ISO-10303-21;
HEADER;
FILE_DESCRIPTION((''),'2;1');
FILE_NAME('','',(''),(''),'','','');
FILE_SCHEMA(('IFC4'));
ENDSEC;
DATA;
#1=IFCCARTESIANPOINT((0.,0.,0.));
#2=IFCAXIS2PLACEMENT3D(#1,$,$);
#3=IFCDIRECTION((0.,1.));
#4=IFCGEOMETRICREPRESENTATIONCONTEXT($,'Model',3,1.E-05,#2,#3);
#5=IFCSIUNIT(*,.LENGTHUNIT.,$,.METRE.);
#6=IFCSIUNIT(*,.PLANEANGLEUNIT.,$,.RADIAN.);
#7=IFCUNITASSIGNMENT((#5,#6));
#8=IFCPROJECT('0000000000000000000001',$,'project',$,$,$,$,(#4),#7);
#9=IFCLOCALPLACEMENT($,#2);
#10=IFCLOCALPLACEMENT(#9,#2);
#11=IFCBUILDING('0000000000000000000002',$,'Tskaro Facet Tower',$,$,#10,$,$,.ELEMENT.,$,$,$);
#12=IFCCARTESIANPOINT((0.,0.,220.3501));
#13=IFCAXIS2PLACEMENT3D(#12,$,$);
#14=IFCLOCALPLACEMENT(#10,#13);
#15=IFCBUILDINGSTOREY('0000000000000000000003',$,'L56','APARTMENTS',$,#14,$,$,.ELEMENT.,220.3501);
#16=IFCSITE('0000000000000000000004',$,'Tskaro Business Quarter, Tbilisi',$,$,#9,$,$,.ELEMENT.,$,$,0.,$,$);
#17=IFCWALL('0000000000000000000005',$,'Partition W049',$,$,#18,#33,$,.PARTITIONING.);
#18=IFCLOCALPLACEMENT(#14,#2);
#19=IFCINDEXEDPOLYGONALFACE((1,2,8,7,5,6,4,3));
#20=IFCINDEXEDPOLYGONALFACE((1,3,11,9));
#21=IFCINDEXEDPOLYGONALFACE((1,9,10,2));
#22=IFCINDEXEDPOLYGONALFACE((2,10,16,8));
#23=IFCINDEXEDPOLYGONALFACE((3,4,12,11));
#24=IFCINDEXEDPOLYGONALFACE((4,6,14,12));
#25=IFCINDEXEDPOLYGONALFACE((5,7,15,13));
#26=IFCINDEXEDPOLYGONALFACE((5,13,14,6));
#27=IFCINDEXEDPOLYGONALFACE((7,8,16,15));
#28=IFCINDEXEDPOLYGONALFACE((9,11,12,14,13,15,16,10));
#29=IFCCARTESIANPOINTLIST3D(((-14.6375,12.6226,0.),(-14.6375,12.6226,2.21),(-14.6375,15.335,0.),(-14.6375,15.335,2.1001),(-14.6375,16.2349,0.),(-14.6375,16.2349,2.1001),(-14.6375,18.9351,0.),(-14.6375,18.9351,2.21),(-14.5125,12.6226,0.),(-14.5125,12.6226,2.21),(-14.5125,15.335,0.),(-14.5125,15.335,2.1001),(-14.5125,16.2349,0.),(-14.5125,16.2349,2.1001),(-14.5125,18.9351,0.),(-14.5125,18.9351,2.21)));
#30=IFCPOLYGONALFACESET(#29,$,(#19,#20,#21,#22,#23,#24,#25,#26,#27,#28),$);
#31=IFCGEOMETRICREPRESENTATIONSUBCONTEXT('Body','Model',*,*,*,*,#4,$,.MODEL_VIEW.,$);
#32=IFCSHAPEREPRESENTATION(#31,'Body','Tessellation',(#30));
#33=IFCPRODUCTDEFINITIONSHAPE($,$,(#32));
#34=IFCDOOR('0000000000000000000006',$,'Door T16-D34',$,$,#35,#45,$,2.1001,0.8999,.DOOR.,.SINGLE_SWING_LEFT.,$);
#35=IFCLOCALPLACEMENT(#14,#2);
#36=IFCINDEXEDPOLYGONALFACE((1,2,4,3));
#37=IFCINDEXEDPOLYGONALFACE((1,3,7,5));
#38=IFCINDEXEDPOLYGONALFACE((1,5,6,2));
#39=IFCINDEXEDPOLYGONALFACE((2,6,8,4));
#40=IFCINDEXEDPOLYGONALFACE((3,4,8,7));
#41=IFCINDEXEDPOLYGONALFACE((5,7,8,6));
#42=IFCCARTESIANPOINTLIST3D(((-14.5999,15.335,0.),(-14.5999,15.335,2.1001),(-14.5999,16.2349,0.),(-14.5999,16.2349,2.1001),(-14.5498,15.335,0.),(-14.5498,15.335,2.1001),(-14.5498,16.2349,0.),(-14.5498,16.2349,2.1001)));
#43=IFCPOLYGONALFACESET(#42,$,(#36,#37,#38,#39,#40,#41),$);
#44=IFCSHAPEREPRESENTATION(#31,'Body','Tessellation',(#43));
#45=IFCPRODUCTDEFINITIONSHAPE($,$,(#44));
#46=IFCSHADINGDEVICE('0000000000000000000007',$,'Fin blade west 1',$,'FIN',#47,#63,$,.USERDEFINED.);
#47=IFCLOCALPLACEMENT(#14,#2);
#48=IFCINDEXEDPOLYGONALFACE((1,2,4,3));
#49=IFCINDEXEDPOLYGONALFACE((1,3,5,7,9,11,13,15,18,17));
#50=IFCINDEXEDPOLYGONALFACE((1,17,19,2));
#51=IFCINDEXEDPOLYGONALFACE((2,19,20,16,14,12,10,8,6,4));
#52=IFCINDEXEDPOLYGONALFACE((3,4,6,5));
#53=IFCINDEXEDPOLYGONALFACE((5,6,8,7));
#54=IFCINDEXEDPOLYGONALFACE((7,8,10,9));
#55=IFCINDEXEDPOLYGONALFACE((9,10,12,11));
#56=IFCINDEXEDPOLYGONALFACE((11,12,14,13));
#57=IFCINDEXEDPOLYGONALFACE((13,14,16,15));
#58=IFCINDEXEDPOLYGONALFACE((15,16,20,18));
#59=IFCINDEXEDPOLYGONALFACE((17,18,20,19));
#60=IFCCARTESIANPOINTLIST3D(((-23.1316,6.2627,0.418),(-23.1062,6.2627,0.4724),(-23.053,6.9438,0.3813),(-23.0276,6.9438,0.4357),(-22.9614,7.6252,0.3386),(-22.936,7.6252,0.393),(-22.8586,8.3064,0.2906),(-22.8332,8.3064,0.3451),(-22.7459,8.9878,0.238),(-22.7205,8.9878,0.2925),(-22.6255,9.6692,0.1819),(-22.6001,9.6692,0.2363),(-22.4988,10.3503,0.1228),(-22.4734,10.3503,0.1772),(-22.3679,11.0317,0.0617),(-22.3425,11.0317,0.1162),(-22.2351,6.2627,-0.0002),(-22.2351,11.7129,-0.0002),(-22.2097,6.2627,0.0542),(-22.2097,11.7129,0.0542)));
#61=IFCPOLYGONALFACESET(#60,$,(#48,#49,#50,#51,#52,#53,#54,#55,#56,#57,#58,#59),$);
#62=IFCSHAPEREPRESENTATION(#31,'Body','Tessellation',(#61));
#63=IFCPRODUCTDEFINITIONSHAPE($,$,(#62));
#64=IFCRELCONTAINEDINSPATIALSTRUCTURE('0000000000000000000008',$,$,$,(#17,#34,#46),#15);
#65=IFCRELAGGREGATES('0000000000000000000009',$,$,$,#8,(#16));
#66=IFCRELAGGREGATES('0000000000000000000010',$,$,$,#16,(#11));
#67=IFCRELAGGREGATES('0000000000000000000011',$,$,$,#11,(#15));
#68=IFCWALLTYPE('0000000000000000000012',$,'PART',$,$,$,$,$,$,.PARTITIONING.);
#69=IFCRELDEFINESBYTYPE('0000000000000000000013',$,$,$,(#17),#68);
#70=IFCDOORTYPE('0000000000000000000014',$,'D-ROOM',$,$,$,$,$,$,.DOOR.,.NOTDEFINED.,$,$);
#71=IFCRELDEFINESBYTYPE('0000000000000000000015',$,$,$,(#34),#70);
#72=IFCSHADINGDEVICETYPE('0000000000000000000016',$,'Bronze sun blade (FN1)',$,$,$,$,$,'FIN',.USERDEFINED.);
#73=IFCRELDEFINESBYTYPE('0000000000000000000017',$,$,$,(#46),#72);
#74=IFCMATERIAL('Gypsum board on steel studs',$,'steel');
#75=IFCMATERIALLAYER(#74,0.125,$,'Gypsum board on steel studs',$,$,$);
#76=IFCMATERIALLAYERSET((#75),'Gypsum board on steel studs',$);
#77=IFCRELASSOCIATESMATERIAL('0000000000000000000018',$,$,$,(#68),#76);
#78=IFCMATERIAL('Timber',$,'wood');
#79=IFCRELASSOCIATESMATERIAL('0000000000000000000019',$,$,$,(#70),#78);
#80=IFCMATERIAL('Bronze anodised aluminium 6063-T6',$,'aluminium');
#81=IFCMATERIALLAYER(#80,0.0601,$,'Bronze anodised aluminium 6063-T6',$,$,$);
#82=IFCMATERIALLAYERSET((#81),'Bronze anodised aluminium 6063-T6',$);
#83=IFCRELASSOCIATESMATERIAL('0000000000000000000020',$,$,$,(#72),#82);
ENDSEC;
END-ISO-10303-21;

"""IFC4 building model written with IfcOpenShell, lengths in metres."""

from ifc_helpers import new_model, si_unit, direction, frame, frame_2d, origin, place, context, subcontext, project, spatial, polyline, rectangle, outline, extrude, material, layer, layer_set, type_object, element, fill, save


model = new_model("IFC4")

# Units and contexts
model_context = context("Model", 3, precision=1e-05, world=origin(), true_north=direction((0.0, 1.0)))
body_context = subcontext(model_context, "Body", "Model", "MODEL_VIEW")
ifc_project = project(units=[si_unit("LENGTHUNIT", "METRE"), si_unit("PLANEANGLEUNIT", "RADIAN")], contexts=[model_context])

# Site, building, storey
site_placement = place(None, origin())
site = spatial("IfcSite", under=ifc_project, at=site_placement, Name="Tskaro Business Quarter, Tbilisi", CompositionType="ELEMENT", RefElevation=0.0)
building_placement = place(site_placement, origin())
building = spatial("IfcBuilding", under=site, at=building_placement, Name="Tskaro Facet Tower", CompositionType="ELEMENT")
storey_placement = place(building_placement, frame((0.0, 0.0, 220.3501)))
storey = spatial("IfcBuildingStorey", under=building, at=storey_placement, Name="L56", Description="APARTMENTS", CompositionType="ELEMENT", Elevation=220.3501)

# Shared definitions
ifc_material_1 = material(Name="Bronze anodised aluminium 6063-T6", Category="aluminium")

# Shared definitions
ifc_material_2 = material(Name="Gypsum board on steel studs", Category="steel")
ifc_layer_1 = layer(ifc_material_2, 0.125, Name="Gypsum board on steel studs")
ifc_layer_set_1 = layer_set([ifc_layer_1], Name="Gypsum board on steel studs")
wall_type = type_object("IfcWallType", Name="PART", PredefinedType="PARTITIONING", material=ifc_layer_set_1)
ifc_material_3 = material(Name="Timber", Category="wood")
door_type = type_object("IfcDoorType", Name="D-ROOM", OperationType="NOTDEFINED", PredefinedType="DOOR", material=ifc_material_3)

# Wall, opening, door
wall_1_placement = place(storey_placement, frame((-14.575, 12.6226, 0.0), z_axis=(0.0, 0.0, 1.0), x_axis=(0.0, 1.0, 0.0)))
wall_1 = element("IfcWall", 1, at=wall_1_placement, inside=storey, type_object=wall_type, Name="Partition W049", PredefinedType="PARTITIONING", context=body_context, shape_type="SweptSolid", body=[
    extrude(rectangle(XDim=6.3125, YDim=0.125, at=frame_2d((3.1562, 0.0))), origin(), (0.0, 0.0, 1.0), 2.21),
])
opening_1_placement = place(wall_1_placement, frame((2.7124, 0.0, 0.0)))
opening_1 = element("IfcOpeningElement", 2, at=opening_1_placement, cuts=wall_1, PredefinedType="OPENING", context=body_context, shape_type="SweptSolid", body=[
    extrude(rectangle(XDim=0.8999, YDim=2.1001, at=frame_2d((0.45, 1.05))), frame((0.0, 0.0725, 0.0), z_axis=(0.0, -1.0, 0.0), x_axis=(1.0, 0.0, 0.0)), (0.0, 0.0, 1.0), 0.145),
])
door_1_placement = place(opening_1_placement, origin())
door_1 = element("IfcDoor", 3, at=door_1_placement, inside=storey, type_object=door_type, Name="Door T16-D34", OperationType="SINGLE_SWING_LEFT", OverallHeight=2.1001, OverallWidth=0.8999, PredefinedType="DOOR", context=body_context, shape_type="SweptSolid", body=[
    extrude(rectangle(XDim=0.8999, YDim=2.1001, at=frame_2d((0.45, 1.05))), frame((0.0, 0.0249, 0.0), z_axis=(0.0, -1.0, 0.0), x_axis=(1.0, 0.0, 0.0)), (0.0, 0.0, 1.0), 0.05),
])
fill(opening_1, door_1)

# Shading device
ifc_layer_2 = layer(ifc_material_1, 0.0601, Name="Bronze anodised aluminium 6063-T6")
ifc_layer_set_2 = layer_set([ifc_layer_2], Name="Bronze anodised aluminium 6063-T6")
shading_device_type = type_object("IfcShadingDeviceType", Name="Bronze sun blade (FN1)", ElementType="FIN", PredefinedType="USERDEFINED", material=ifc_layer_set_2)
shading_device_placement = place(storey_placement, frame((-22.2097, 11.7129, 0.0542), z_axis=(0.422785, -0.000004, 0.90623), x_axis=(-0.000002, -1.0, -0.000004)))
element("IfcShadingDevice", 4, at=shading_device_placement, inside=storey, type_object=shading_device_type, Name="Fin blade west 1", ObjectType="FIN", PredefinedType="USERDEFINED", context=body_context, shape_type="SweptSolid", body=[
    extrude(outline(polyline([(0.0, 0.0), (5.4502, 0.0), (5.4502, -0.9892), (4.769, -0.9025), (4.0876, -0.8015), (3.4065, -0.688), (2.7251, -0.5636), (2.0437, -0.4308), (1.3625, -0.291), (0.6812, -0.1466), (0.0, 0.0)])), origin(), (0.0, 0.0, -1.0), 0.0601),
])

save(model, "model.ifc")
